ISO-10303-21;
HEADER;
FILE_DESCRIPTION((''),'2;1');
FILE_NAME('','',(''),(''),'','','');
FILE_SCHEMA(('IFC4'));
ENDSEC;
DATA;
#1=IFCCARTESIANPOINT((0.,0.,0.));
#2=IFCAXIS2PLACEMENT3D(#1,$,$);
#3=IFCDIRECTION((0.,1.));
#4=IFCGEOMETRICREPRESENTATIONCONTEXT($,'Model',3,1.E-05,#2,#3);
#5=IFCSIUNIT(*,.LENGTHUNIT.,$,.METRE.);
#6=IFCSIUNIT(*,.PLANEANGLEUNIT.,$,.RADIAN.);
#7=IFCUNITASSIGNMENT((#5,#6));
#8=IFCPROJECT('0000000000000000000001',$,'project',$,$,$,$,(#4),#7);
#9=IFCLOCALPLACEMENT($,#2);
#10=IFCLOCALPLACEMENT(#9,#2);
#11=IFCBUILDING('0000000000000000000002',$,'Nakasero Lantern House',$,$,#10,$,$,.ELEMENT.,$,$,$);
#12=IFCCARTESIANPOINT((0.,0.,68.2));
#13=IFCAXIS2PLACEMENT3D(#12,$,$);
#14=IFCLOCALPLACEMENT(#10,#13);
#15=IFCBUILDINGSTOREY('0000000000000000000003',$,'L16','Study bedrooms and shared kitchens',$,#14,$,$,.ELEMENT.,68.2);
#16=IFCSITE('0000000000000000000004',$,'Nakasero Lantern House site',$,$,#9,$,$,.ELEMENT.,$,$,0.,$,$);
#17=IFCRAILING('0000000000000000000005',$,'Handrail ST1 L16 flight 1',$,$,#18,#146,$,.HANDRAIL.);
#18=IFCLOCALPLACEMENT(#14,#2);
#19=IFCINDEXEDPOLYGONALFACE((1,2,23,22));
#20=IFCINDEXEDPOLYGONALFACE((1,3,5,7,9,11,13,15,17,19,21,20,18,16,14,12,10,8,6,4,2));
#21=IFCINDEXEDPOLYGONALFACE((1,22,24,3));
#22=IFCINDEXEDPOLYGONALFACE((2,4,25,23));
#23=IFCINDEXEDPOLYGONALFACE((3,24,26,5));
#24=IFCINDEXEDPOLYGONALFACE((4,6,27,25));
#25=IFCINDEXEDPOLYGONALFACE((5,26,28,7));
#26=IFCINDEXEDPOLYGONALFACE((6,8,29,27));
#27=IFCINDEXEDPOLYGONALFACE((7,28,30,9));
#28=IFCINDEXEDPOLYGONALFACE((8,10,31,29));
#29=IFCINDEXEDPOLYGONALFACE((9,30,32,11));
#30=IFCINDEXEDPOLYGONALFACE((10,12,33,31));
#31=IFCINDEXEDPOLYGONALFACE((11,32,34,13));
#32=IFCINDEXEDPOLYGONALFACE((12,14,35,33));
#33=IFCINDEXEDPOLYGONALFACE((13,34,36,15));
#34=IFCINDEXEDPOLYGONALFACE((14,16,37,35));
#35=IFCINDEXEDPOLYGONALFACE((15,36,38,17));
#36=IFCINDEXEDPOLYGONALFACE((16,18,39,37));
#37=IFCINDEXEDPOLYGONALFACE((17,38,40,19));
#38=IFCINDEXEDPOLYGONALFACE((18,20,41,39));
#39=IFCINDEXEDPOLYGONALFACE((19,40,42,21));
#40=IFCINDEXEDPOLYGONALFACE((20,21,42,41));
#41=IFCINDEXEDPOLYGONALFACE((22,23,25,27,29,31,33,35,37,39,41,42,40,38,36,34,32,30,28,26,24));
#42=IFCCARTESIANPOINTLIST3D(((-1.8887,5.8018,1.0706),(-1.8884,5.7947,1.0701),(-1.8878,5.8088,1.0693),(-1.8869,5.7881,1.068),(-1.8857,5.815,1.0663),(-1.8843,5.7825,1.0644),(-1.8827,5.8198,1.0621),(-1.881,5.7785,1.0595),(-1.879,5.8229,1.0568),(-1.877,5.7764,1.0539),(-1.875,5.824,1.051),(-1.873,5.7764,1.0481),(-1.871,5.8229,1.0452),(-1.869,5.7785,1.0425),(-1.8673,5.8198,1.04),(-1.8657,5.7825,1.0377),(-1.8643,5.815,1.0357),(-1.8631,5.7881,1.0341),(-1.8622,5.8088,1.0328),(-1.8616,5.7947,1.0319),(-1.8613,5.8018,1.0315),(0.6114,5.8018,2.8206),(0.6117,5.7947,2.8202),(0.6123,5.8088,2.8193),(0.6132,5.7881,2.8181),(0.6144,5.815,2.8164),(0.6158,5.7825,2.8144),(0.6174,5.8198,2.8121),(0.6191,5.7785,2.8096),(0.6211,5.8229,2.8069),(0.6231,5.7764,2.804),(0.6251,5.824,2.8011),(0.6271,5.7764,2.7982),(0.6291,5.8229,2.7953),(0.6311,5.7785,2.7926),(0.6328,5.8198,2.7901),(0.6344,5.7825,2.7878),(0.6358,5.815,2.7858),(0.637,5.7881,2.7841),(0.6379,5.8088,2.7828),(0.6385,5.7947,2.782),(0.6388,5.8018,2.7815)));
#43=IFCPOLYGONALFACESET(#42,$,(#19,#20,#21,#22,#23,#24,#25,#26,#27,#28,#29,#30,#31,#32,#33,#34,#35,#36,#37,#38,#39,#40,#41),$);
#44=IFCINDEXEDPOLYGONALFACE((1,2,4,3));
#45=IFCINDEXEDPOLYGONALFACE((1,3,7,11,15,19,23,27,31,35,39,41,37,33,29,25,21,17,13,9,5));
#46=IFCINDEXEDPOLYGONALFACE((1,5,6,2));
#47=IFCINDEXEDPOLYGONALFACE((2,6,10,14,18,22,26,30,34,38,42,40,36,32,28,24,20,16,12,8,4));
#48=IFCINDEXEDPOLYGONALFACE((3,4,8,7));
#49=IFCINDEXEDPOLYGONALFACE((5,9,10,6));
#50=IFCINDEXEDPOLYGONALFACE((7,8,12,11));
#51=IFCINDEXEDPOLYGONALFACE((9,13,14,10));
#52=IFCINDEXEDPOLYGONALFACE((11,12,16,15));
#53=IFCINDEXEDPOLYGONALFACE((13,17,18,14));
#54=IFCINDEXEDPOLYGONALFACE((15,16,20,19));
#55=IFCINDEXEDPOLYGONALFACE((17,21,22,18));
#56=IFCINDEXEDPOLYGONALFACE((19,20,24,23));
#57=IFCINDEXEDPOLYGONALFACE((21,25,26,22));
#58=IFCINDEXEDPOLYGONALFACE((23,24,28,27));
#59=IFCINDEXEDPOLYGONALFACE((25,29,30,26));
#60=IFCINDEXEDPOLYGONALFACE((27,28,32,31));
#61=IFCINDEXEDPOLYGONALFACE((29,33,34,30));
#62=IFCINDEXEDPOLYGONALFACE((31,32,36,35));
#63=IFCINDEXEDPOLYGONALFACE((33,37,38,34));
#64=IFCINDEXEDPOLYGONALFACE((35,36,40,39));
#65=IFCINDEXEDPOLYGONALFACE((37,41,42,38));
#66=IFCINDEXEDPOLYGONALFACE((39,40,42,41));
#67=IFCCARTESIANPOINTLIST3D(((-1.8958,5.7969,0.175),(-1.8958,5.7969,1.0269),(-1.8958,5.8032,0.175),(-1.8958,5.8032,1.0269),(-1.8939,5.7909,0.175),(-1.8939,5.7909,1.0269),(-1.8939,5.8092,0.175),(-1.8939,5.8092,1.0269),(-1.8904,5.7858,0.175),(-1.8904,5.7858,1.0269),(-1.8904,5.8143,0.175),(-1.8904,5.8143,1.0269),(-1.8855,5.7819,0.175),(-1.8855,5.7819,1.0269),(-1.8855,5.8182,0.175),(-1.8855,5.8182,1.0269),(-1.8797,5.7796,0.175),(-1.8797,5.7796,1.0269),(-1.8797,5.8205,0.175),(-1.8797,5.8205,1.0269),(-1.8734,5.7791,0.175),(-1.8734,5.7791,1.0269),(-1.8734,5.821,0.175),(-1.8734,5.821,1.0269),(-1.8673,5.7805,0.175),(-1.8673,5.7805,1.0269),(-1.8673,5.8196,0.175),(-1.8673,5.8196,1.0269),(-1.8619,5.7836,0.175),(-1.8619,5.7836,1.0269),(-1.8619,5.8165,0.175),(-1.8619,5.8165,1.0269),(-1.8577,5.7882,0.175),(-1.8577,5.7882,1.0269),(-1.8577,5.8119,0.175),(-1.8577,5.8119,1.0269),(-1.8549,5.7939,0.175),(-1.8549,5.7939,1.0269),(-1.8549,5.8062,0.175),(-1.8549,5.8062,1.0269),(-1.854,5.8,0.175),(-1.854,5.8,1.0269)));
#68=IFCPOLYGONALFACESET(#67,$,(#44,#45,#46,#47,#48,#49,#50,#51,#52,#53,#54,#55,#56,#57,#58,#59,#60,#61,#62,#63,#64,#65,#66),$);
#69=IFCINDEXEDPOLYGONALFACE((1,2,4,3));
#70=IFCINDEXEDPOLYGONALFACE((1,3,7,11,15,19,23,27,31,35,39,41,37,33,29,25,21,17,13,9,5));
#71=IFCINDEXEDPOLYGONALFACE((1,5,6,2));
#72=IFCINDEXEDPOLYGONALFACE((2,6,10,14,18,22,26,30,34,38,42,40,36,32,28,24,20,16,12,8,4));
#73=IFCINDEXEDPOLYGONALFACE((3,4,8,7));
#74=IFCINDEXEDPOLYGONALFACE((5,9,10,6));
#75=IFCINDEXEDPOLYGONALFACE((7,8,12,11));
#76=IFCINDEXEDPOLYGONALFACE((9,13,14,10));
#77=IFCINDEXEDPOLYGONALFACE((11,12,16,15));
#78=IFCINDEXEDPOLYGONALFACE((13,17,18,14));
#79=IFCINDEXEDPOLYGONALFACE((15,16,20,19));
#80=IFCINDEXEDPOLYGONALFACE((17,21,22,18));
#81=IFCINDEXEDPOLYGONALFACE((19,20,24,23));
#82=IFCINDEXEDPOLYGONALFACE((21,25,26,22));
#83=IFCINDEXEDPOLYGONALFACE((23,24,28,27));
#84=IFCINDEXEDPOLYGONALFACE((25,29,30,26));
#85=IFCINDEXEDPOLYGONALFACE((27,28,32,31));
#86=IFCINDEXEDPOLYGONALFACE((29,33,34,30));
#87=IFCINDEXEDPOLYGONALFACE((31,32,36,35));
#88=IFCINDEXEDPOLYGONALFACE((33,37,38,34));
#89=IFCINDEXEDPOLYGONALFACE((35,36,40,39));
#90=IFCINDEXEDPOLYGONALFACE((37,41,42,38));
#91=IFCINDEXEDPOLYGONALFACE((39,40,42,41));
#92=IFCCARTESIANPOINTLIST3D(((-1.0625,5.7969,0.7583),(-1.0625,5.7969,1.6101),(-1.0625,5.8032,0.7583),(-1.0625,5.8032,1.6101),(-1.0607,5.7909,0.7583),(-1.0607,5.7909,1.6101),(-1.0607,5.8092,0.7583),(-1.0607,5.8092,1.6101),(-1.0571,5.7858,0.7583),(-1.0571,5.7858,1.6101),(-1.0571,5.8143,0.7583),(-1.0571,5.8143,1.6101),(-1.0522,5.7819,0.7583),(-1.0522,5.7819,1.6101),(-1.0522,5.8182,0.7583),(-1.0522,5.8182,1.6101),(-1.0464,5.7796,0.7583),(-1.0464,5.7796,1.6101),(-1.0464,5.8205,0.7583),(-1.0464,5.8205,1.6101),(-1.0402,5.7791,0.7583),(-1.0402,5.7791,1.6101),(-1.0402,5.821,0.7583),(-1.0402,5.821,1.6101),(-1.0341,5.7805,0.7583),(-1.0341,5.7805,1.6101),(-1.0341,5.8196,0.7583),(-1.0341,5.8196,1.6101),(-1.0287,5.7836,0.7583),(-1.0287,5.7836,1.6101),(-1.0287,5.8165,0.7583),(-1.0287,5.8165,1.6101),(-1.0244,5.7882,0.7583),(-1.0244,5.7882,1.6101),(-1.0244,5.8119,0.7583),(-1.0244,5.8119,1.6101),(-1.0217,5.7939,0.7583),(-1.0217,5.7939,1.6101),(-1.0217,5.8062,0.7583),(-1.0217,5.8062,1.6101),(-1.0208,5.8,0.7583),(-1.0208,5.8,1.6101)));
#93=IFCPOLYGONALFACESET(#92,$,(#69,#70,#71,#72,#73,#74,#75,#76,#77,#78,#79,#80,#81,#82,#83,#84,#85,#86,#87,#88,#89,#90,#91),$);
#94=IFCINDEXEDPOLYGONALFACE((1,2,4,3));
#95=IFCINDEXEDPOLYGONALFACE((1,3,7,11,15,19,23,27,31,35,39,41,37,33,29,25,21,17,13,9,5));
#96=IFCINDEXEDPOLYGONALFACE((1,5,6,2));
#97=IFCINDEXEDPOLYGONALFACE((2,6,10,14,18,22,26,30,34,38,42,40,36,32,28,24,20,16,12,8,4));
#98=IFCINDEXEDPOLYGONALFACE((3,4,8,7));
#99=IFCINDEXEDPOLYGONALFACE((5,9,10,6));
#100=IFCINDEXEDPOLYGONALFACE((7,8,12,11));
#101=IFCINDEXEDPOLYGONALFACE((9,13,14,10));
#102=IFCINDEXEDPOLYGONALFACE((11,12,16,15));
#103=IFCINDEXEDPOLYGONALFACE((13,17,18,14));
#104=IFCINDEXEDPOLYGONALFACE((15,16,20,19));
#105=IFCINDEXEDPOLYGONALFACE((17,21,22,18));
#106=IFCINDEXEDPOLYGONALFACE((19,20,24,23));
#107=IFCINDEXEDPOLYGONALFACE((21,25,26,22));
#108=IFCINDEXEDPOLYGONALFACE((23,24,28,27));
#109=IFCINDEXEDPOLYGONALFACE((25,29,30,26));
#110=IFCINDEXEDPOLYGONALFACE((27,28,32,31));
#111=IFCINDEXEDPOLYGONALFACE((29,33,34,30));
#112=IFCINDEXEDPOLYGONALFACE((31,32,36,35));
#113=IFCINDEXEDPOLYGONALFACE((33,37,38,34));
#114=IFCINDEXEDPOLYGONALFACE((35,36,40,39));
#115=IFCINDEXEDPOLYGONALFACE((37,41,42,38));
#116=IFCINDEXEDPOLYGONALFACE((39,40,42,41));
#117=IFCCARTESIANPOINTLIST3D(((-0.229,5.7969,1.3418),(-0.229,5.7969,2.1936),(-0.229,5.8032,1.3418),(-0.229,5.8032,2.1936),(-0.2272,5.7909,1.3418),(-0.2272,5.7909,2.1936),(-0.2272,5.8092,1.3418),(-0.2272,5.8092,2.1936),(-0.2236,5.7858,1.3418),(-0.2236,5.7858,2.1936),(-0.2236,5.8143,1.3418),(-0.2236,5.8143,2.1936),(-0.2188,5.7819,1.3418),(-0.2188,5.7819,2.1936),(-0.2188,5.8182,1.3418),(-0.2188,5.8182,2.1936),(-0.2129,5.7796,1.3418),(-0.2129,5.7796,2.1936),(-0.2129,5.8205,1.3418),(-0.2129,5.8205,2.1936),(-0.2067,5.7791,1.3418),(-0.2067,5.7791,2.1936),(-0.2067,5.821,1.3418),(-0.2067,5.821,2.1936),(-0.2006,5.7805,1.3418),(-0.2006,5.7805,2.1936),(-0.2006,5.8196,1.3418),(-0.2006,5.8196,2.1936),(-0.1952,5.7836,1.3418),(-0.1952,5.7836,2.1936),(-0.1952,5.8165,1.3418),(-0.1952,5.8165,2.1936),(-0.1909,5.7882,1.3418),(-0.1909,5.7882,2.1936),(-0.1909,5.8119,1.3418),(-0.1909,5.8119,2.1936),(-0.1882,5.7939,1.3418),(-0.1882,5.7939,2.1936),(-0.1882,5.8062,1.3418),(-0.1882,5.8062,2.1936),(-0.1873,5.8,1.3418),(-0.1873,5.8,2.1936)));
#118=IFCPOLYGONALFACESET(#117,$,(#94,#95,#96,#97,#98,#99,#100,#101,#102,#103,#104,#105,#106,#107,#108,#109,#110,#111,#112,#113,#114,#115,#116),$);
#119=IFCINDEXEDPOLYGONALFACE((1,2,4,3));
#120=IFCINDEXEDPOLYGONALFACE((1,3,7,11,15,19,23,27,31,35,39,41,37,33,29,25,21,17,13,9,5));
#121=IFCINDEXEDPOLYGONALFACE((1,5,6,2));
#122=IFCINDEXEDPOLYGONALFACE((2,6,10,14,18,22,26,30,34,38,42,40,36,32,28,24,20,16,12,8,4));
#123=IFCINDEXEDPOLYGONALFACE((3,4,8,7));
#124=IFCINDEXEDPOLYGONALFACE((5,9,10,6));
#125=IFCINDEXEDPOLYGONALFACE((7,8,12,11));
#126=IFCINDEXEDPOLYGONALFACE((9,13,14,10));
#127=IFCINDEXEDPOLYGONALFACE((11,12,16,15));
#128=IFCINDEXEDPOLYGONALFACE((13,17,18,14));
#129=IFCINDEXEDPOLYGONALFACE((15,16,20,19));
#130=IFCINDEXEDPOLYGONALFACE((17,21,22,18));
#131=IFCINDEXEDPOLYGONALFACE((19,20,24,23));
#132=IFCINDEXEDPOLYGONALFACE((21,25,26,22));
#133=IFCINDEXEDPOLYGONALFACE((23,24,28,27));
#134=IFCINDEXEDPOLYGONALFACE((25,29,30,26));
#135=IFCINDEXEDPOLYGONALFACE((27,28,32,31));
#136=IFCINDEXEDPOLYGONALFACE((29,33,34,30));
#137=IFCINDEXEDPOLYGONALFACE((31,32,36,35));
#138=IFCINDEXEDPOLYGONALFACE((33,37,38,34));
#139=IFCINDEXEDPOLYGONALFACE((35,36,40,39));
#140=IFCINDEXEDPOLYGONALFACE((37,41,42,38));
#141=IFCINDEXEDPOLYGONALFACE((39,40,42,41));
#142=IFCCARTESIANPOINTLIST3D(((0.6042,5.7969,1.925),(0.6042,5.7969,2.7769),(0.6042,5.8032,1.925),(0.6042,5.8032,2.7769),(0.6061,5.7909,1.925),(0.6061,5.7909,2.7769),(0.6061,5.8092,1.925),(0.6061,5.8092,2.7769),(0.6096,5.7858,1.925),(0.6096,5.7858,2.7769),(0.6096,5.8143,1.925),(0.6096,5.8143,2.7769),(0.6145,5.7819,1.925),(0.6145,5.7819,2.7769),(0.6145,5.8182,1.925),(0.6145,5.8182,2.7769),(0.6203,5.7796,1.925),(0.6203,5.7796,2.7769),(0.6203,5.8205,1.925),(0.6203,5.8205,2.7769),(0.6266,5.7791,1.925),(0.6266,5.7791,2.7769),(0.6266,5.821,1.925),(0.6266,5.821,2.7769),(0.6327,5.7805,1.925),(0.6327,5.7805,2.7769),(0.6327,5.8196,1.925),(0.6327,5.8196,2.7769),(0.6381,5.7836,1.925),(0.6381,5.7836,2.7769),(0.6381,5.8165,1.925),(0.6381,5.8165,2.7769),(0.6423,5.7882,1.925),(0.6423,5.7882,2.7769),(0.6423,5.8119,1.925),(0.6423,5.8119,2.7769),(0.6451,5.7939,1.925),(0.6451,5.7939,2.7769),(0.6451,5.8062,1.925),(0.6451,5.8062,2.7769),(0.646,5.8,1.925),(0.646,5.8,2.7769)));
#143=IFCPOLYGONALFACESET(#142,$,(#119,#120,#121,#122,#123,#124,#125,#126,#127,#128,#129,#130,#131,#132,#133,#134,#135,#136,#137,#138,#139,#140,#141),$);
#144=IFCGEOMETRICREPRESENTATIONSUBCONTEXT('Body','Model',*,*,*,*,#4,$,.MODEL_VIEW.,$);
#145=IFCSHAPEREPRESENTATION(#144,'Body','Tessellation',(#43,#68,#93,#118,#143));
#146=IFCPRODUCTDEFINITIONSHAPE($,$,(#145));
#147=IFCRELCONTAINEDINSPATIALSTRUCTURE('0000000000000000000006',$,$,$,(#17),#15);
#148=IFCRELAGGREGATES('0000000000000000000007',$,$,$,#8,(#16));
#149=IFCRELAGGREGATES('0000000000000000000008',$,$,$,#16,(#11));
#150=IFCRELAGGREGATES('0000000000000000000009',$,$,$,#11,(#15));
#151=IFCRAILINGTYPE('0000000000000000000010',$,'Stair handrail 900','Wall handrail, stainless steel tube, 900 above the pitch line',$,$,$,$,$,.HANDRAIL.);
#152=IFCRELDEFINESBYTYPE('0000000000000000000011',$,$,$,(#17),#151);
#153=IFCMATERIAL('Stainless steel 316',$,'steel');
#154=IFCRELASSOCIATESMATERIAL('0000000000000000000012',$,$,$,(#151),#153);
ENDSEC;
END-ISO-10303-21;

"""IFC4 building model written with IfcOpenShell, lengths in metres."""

from ifc_helpers import new_model, si_unit, direction, frame, origin, origin_2d, place, context, subcontext, project, spatial, circle, extrude, material, type_object, element, save


model = new_model("IFC4")

# Units and contexts
model_context = context("Model", 3, precision=1e-05, world=origin(), true_north=direction((0.0, 1.0)))
body_context = subcontext(model_context, "Body", "Model", "MODEL_VIEW")
ifc_project = project(units=[si_unit("LENGTHUNIT", "METRE"), si_unit("PLANEANGLEUNIT", "RADIAN")], contexts=[model_context])

# Site, building, storey
site_placement = place(None, origin())
site = spatial("IfcSite", under=ifc_project, at=site_placement, Name="Nakasero Lantern House site", CompositionType="ELEMENT", RefElevation=0.0)
building_placement = place(site_placement, origin())
building = spatial("IfcBuilding", under=site, at=building_placement, Name="Nakasero Lantern House", CompositionType="ELEMENT")
storey_placement = place(building_placement, frame((0.0, 0.0, 68.2)))
storey = spatial("IfcBuildingStorey", under=building, at=storey_placement, Name="L16", Description="Study bedrooms and shared kitchens", CompositionType="ELEMENT", Elevation=68.2)

# Railing
ifc_material_1 = material(Name="Stainless steel 316", Category="steel")
railing_type = type_object("IfcRailingType", Name="Stair handrail 900", Description="Wall handrail, stainless steel tube, 900 above the pitch line", PredefinedType="HANDRAIL", material=ifc_material_1)
railing_placement = place(storey_placement, frame((-1.875, 5.8, 0.175)))
element("IfcRailing", 1, at=railing_placement, inside=storey, type_object=railing_type, Name="Handrail ST1 L16 flight 1", PredefinedType="HANDRAIL", context=body_context, shape_type="SweptSolid", body=[
    extrude(circle(Radius=0.0239, at=origin_2d()), frame((0.0, 0.0, 0.876), z_axis=(0.819232, 0.0, 0.573462), x_axis=(0.0, 1.0, 0.0)), (0.0, 0.0, 1.0), 3.0518),
    extrude(circle(Radius=0.021, at=origin_2d()), origin(), (0.0, 0.0, 1.0), 0.8518),
    extrude(circle(Radius=0.021, at=origin_2d()), frame((0.8333, 0.0, 0.5833)), (0.0, 0.0, 1.0), 0.8518),
    extrude(circle(Radius=0.021, at=origin_2d()), frame((1.6667, 0.0, 1.1667)), (0.0, 0.0, 1.0), 0.8518),
    extrude(circle(Radius=0.021, at=origin_2d()), frame((2.5, 0.0, 1.75)), (0.0, 0.0, 1.0), 0.8518),
])

save(model, "model.ifc")
